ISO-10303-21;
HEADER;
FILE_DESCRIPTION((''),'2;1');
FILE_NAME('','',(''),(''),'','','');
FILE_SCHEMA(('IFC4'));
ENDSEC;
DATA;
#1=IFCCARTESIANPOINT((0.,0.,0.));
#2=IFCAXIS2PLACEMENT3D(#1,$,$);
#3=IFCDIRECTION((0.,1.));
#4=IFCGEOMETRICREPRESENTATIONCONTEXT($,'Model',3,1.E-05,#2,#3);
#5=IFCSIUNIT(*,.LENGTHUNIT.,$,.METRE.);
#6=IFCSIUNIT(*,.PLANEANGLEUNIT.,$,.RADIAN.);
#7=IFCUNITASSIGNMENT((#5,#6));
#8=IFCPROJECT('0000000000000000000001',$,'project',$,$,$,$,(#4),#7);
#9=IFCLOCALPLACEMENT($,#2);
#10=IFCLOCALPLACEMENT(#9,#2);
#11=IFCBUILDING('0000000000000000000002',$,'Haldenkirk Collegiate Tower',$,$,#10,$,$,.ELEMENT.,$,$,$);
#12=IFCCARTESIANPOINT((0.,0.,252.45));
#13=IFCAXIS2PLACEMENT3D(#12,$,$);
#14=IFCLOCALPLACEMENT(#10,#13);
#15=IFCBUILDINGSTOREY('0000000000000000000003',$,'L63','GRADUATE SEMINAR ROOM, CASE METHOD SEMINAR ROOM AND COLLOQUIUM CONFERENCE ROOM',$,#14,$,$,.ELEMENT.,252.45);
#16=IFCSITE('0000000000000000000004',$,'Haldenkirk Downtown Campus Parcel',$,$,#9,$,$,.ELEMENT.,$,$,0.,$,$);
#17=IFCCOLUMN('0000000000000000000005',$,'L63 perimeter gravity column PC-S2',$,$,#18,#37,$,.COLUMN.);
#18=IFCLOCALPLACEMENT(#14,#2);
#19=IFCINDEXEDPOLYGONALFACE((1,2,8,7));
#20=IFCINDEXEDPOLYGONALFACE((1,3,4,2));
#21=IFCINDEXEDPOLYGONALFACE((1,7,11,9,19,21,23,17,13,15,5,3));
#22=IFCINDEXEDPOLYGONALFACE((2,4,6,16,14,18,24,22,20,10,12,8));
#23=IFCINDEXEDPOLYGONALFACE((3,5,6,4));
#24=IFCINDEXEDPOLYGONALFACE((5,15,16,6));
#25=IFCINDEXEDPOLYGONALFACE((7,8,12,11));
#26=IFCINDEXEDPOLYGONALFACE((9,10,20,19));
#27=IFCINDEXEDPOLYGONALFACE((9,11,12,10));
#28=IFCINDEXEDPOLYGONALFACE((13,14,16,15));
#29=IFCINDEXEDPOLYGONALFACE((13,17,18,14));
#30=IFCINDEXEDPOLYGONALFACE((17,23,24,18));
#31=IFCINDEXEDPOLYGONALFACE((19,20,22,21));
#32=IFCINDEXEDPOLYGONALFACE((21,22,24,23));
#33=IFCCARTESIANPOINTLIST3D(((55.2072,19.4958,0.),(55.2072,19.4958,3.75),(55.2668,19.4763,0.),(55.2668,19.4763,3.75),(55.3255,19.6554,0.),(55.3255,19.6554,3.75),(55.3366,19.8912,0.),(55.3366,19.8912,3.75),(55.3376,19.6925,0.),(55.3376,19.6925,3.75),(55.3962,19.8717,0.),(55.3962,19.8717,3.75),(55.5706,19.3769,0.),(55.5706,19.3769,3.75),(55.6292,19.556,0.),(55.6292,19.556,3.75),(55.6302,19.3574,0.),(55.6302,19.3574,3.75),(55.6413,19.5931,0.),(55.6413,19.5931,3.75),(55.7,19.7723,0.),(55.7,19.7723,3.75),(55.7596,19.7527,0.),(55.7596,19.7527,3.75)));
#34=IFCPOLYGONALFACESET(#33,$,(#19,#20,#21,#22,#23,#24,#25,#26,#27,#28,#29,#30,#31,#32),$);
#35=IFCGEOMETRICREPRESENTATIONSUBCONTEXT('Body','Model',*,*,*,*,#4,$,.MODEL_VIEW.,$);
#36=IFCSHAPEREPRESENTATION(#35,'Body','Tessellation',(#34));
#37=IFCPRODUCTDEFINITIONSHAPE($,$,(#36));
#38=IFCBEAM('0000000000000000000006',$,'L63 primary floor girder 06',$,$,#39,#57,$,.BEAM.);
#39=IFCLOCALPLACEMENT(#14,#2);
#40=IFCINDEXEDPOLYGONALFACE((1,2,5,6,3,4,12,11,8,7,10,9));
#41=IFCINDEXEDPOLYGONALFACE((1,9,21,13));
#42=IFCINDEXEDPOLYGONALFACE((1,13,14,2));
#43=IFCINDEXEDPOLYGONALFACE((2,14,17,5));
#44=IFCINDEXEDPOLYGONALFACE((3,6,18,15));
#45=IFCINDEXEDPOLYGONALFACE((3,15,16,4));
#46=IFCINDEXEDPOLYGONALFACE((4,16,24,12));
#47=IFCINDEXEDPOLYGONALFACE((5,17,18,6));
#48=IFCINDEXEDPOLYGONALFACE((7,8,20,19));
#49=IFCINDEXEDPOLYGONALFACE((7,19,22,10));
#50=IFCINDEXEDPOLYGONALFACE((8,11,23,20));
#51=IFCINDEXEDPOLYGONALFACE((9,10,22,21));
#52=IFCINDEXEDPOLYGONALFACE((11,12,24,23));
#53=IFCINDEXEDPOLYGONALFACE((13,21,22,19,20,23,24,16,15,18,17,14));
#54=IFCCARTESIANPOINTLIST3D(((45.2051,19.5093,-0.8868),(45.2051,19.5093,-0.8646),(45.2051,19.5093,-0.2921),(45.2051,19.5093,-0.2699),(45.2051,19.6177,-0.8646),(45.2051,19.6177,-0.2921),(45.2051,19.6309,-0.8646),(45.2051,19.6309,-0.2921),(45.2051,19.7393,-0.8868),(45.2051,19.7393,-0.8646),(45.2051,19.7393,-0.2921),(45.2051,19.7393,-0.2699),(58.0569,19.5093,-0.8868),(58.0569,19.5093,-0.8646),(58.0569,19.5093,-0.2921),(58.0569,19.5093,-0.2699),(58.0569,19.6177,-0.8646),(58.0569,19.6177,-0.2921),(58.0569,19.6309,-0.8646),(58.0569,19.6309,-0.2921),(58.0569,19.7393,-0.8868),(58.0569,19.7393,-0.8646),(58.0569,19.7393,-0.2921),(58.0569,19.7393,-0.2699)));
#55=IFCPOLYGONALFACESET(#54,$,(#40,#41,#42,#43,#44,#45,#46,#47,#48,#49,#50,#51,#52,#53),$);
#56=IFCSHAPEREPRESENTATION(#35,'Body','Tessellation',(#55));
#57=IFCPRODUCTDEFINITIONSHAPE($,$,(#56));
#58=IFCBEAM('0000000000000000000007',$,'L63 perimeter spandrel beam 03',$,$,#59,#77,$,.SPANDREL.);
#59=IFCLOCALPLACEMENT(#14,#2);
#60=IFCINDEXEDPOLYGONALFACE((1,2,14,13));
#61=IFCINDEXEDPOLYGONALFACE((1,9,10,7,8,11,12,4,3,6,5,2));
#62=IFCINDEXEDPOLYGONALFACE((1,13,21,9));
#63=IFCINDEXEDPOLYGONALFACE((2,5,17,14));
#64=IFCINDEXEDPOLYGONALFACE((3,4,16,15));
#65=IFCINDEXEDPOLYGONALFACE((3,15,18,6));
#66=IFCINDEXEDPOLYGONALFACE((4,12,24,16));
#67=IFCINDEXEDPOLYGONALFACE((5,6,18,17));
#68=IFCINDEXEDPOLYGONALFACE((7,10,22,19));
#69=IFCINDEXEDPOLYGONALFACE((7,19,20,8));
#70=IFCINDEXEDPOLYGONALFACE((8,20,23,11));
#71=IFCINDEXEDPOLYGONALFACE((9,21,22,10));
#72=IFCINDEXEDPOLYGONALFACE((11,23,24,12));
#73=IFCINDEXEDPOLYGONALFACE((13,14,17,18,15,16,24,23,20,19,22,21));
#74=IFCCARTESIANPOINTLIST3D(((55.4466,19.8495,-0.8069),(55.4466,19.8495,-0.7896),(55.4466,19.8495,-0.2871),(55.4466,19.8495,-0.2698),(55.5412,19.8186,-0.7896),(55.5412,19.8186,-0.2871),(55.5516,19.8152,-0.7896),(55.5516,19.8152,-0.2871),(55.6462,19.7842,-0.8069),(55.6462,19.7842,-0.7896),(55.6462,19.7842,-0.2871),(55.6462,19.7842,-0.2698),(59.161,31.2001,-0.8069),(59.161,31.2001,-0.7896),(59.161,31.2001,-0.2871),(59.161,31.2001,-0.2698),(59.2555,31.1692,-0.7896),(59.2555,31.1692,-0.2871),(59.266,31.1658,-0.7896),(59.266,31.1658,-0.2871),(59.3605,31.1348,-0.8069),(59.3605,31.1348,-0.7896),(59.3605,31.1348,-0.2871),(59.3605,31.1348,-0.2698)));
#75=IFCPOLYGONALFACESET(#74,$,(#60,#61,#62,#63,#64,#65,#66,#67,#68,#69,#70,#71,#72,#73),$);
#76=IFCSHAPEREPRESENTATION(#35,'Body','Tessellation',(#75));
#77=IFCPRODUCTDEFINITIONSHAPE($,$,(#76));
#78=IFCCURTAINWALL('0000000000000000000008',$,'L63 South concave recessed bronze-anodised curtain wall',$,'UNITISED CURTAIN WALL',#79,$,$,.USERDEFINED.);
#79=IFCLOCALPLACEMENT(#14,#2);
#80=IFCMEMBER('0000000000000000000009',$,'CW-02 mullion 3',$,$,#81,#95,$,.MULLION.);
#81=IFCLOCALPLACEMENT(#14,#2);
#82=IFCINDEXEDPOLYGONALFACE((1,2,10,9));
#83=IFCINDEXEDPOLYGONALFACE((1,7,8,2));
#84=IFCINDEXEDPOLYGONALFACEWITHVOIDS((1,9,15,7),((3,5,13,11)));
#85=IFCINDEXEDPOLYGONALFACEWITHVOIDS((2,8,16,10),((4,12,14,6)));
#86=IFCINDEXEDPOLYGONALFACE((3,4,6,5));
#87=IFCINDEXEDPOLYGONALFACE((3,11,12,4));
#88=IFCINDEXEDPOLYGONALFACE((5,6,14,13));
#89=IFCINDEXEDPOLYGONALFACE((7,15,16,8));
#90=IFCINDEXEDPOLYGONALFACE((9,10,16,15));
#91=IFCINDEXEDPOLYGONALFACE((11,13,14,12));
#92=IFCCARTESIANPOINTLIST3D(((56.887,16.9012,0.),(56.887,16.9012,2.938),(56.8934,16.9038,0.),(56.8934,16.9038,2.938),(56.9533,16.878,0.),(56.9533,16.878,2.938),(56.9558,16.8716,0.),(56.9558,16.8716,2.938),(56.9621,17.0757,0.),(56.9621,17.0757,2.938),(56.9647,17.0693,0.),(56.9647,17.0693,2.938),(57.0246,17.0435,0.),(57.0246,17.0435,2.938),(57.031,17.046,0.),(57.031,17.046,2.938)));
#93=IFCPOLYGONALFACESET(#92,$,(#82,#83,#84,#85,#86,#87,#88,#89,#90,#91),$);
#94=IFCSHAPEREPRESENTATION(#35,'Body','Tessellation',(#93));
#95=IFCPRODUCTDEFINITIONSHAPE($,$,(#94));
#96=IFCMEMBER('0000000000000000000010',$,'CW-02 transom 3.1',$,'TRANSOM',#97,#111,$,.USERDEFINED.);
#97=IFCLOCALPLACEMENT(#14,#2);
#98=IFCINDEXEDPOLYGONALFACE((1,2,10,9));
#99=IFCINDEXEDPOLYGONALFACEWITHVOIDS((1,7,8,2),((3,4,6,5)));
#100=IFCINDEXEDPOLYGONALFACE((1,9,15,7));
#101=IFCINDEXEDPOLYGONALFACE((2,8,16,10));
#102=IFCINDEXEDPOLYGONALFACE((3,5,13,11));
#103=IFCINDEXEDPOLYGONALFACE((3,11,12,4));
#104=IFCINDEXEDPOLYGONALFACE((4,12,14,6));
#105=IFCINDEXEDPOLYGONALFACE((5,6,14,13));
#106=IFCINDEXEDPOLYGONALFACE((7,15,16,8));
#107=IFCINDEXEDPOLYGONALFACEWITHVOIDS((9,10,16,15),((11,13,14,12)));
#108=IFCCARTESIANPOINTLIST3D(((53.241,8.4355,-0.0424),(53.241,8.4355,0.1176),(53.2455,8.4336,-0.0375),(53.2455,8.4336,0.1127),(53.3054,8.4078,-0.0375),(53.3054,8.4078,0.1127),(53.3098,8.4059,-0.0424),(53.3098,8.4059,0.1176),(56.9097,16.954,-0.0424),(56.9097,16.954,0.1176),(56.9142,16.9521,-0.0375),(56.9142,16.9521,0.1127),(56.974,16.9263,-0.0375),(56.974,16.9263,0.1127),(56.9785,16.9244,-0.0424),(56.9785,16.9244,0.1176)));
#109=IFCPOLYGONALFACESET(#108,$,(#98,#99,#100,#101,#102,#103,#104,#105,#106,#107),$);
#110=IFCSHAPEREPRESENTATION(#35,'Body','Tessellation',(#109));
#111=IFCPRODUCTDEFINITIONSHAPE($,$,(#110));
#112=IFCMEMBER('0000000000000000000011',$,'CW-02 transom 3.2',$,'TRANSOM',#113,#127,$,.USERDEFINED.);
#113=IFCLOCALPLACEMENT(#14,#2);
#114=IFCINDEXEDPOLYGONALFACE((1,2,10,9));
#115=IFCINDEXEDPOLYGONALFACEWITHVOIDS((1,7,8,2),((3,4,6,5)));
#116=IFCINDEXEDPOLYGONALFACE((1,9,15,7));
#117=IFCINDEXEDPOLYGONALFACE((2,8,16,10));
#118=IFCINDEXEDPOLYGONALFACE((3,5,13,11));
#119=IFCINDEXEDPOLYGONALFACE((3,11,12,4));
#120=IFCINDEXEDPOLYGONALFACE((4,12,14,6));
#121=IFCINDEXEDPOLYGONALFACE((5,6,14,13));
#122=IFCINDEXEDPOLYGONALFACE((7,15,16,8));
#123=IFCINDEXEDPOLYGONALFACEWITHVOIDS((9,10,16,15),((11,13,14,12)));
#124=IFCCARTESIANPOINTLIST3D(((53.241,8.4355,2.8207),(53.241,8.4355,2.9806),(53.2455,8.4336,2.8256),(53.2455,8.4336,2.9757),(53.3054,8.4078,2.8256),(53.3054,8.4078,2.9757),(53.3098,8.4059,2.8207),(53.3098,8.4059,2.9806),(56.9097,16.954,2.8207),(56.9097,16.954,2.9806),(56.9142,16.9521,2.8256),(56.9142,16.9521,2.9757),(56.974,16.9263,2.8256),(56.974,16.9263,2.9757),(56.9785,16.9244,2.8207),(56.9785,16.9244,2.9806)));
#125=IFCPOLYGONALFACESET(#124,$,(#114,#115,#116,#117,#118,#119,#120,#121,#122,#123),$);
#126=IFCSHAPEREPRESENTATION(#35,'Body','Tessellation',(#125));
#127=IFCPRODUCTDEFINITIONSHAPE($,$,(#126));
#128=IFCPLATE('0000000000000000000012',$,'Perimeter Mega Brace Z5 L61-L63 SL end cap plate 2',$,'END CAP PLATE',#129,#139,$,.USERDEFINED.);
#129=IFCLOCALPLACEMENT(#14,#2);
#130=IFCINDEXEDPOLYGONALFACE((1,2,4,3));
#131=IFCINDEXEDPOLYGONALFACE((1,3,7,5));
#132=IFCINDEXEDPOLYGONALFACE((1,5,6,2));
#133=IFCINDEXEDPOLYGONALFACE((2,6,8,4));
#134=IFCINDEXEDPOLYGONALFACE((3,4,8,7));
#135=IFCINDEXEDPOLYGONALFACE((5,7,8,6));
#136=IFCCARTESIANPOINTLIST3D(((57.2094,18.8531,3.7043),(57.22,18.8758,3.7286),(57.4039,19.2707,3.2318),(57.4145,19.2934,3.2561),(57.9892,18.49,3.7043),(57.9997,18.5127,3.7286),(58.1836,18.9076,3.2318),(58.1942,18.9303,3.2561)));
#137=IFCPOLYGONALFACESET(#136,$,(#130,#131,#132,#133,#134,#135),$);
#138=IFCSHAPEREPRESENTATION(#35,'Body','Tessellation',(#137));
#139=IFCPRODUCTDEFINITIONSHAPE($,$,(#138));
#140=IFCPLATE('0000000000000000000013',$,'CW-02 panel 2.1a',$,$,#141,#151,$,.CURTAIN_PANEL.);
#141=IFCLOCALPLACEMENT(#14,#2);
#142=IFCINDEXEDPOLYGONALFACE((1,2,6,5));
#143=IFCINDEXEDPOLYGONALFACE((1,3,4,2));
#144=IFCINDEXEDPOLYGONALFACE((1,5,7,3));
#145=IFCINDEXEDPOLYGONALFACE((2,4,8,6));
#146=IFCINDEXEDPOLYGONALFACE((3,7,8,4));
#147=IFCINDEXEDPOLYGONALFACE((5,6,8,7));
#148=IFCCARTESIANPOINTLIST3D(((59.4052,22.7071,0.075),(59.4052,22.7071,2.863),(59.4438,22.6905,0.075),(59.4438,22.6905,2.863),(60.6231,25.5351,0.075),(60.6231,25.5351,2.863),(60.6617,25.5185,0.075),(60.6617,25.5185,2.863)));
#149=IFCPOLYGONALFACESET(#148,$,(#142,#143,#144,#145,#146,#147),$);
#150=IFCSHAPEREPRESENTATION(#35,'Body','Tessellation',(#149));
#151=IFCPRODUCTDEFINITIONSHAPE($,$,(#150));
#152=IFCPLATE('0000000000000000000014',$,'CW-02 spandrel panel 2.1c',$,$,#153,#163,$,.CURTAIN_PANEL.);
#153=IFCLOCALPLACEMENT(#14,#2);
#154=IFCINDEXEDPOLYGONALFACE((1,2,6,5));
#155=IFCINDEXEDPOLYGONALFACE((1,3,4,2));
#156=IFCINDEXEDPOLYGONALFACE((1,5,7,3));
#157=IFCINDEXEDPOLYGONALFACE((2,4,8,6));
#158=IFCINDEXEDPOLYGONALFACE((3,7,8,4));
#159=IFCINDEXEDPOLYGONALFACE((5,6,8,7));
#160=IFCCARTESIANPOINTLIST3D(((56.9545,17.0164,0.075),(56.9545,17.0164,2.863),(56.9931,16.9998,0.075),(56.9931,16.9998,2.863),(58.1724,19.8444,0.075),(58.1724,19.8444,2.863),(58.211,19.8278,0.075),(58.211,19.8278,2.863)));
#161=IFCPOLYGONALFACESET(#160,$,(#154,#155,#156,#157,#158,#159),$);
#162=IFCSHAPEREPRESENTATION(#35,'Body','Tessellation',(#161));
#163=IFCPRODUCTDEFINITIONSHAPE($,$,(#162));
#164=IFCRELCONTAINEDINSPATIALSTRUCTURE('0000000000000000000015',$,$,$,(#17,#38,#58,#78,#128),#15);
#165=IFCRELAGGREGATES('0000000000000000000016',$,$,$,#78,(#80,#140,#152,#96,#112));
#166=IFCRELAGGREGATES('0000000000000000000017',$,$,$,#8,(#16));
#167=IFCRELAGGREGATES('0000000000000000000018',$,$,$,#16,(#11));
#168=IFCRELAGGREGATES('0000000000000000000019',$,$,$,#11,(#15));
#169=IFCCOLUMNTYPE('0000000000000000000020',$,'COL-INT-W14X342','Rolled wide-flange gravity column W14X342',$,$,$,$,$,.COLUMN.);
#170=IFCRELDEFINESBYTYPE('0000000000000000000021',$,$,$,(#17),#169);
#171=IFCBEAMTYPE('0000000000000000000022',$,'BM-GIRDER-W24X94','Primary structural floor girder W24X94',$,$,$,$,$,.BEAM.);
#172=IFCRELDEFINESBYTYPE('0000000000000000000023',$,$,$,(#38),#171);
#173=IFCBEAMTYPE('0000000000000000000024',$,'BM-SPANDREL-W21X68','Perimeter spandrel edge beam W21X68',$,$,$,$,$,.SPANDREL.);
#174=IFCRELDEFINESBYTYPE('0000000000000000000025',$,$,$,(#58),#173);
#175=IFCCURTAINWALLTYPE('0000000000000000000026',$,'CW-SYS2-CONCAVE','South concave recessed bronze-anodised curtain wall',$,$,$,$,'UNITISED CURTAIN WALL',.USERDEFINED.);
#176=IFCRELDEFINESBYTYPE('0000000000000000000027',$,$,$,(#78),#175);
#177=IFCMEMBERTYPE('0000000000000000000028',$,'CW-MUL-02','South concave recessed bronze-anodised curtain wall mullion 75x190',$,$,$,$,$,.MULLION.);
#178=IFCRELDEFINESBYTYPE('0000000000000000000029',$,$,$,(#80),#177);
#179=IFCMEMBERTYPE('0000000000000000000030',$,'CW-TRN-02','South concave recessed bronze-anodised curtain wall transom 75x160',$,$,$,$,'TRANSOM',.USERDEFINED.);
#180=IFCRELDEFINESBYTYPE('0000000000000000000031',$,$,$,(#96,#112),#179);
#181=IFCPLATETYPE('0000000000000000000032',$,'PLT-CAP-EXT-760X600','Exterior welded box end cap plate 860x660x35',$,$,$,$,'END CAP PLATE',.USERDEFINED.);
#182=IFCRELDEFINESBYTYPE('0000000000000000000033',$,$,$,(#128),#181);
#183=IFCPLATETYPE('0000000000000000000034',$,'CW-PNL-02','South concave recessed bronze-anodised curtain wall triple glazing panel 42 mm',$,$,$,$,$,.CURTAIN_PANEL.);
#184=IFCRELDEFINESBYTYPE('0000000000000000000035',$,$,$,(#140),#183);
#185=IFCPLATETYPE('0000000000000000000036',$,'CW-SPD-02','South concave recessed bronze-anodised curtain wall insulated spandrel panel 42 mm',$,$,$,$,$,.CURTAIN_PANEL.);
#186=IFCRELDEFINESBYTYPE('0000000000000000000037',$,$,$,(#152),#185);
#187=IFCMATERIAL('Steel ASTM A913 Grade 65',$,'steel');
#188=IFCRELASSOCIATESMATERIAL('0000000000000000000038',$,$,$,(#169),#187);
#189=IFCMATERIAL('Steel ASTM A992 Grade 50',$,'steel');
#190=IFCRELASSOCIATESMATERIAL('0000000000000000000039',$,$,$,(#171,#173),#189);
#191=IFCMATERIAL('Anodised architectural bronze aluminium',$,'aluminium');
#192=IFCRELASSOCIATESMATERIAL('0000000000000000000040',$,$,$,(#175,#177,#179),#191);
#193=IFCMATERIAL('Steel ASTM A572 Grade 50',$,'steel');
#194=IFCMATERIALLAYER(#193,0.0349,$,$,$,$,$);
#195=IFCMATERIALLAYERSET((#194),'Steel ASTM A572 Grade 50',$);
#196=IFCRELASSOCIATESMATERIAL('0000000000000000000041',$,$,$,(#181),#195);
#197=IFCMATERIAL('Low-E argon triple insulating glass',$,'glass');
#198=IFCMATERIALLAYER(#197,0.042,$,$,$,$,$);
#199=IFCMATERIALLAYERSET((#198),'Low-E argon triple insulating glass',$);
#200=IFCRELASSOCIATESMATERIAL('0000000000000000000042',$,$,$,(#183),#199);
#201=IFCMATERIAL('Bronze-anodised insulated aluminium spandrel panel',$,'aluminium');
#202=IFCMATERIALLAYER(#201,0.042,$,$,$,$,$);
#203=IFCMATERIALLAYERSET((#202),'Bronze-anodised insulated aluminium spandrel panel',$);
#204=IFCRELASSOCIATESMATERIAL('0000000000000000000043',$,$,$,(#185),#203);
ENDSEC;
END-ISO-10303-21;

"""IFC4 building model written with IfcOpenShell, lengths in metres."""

from ifc_helpers import new_model, si_unit, direction, frame, origin, origin_2d, place, context, subcontext, project, spatial, rectangle, hollow_rectangle, i_section, extrude, source, transform, mapped, material, layer, layer_set, material_profile, profile_set, type_object, element, aggregate, save


model = new_model("IFC4")

# Units and contexts
model_context = context("Model", 3, precision=1e-05, world=origin(), true_north=direction((0.0, 1.0)))
body_context = subcontext(model_context, "Body", "Model", "MODEL_VIEW")
ifc_project = project(units=[si_unit("LENGTHUNIT", "METRE"), si_unit("PLANEANGLEUNIT", "RADIAN")], contexts=[model_context])

# Site, building, storey
site_placement = place(None, origin())
site = spatial("IfcSite", under=ifc_project, at=site_placement, Name="Haldenkirk Downtown Campus Parcel", CompositionType="ELEMENT", RefElevation=0.0)
building_placement = place(site_placement, origin())
building = spatial("IfcBuilding", under=site, at=building_placement, Name="Haldenkirk Collegiate Tower", CompositionType="ELEMENT")
storey_placement = place(building_placement, frame((0.0, 0.0, 252.45)))
storey = spatial("IfcBuildingStorey", under=building, at=storey_placement, Name="L63", Description="GRADUATE SEMINAR ROOM, CASE METHOD SEMINAR ROOM AND COLLOQUIUM CONFERENCE ROOM", CompositionType="ELEMENT", Elevation=252.45)

# Column
ifc_material_1 = material(Name="Steel ASTM A913 Grade 65", Category="steel")
ifc_material_profile_1 = material_profile(ifc_material_1, i_section(OverallWidth=0.416, OverallDepth=0.4451, WebThickness=0.0391, FlangeThickness=0.0627, at=origin_2d()), Name="W14X342")
ifc_profile_set_1 = profile_set([ifc_material_profile_1], Name="Steel ASTM A913 Grade 65")
column_type = type_object("IfcColumnType", Name="COL-INT-W14X342", Description="Rolled wide-flange gravity column W14X342", PredefinedType="COLUMN", material=ifc_profile_set_1)
column_placement = place(storey_placement, frame((55.4834, 19.6243, 0.0), z_axis=(0.0, 0.0, 1.0), x_axis=(0.311008, 0.950407, 0.0)))
element("IfcColumn", 1, at=column_placement, inside=storey, type_object=column_type, Name="L63 perimeter gravity column PC-S2", PredefinedType="COLUMN", context=body_context, shape_type="SweptSolid", body=[
    extrude(i_section(OverallWidth=0.416, OverallDepth=0.4451, WebThickness=0.0391, FlangeThickness=0.0627, at=origin_2d()), origin(), (0.0, 0.0, 1.0), 3.75),
])

# Beams
ifc_material_2 = material(Name="Steel ASTM A992 Grade 50", Category="steel")
ifc_material_profile_2 = material_profile(ifc_material_2, i_section(OverallWidth=0.23, OverallDepth=0.6169, WebThickness=0.0132, FlangeThickness=0.0222, at=origin_2d()), Name="W24X94")
ifc_profile_set_2 = profile_set([ifc_material_profile_2], Name="Steel ASTM A992 Grade 50")
beam_type_1 = type_object("IfcBeamType", Name="BM-GIRDER-W24X94", Description="Primary structural floor girder W24X94", PredefinedType="BEAM", material=ifc_profile_set_2)
beam_1_placement = place(storey_placement, frame((58.0569, 19.6243, -0.5784), z_axis=(-1.0, 0.0, 0.0), x_axis=(0.0, -1.0, 0.0)))
element("IfcBeam", 2, at=beam_1_placement, inside=storey, type_object=beam_type_1, Name="L63 primary floor girder 06", PredefinedType="BEAM", context=body_context, shape_type="SweptSolid", body=[
    extrude(i_section(OverallWidth=0.23, OverallDepth=0.6169, WebThickness=0.0132, FlangeThickness=0.0222, at=origin_2d()), origin(), (0.0, 0.0, 1.0), 12.8518),
])
ifc_material_profile_3 = material_profile(ifc_material_2, i_section(OverallWidth=0.21, OverallDepth=0.5371, WebThickness=0.011, FlangeThickness=0.0173, at=origin_2d()), Name="W21X68")
ifc_profile_set_3 = profile_set([ifc_material_profile_3], Name="Steel ASTM A992 Grade 50")
beam_type_2 = type_object("IfcBeamType", Name="BM-SPANDREL-W21X68", Description="Perimeter spandrel edge beam W21X68", PredefinedType="SPANDREL", material=ifc_profile_set_3)
beam_2_placement = place(storey_placement, frame((55.5464, 19.8169, -0.5383), z_axis=(0.31101, 0.950407, 0.0), x_axis=(-0.950407, 0.31101, 0.0)))
element("IfcBeam", 3, at=beam_2_placement, inside=storey, type_object=beam_type_2, Name="L63 perimeter spandrel beam 03", PredefinedType="SPANDREL", context=body_context, shape_type="SweptSolid", body=[
    extrude(i_section(OverallWidth=0.21, OverallDepth=0.5371, WebThickness=0.011, FlangeThickness=0.0173, at=origin_2d()), origin(), (0.0, 0.0, 1.0), 11.9429),
])

# Curtain wall, members
ifc_material_3 = material(Name="Anodised architectural bronze aluminium", Category="aluminium")
curtain_wall_type = type_object("IfcCurtainWallType", Name="CW-SYS2-CONCAVE", Description="South concave recessed bronze-anodised curtain wall", ElementType="UNITISED CURTAIN WALL", PredefinedType="USERDEFINED", material=ifc_material_3)
curtain_wall_placement = place(storey_placement, origin())
curtain_wall = element("IfcCurtainWall", 4, at=curtain_wall_placement, inside=storey, type_object=curtain_wall_type, Name="L63 South concave recessed bronze-anodised curtain wall", ObjectType="UNITISED CURTAIN WALL", PredefinedType="USERDEFINED")
ifc_material_profile_4 = material_profile(ifc_material_3, hollow_rectangle(XDim=0.075, YDim=0.1899, WallThickness=0.0049, at=origin_2d()), Name="CW-MUL-02")
ifc_profile_set_4 = profile_set([ifc_material_profile_4], Name="Anodised architectural bronze aluminium")
member_type_1 = type_object("IfcMemberType", Name="CW-MUL-02", Description="South concave recessed bronze-anodised curtain wall mullion 75x190", PredefinedType="MULLION", material=ifc_profile_set_4)
member_1_placement = place(storey_placement, frame((56.959, 16.9736, 0.0), z_axis=(0.0, 0.0, 1.0), x_axis=(0.918446, -0.395545, 0.0)))
member_1 = element("IfcMember", 5, at=member_1_placement, type_object=member_type_1, Name="CW-02 mullion 3", PredefinedType="MULLION", context=body_context, shape_type="SweptSolid", body=[
    extrude(hollow_rectangle(XDim=0.075, YDim=0.1899, WallThickness=0.0049, at=origin_2d()), origin(), (0.0, 0.0, 1.0), 2.938),
])
ifc_material_profile_5 = material_profile(ifc_material_3, hollow_rectangle(XDim=0.075, YDim=0.1599, WallThickness=0.0049, at=origin_2d()), Name="CW-TRN-02")
ifc_profile_set_5 = profile_set([ifc_material_profile_5], Name="Anodised architectural bronze aluminium")
member_type_2 = type_object("IfcMemberType", Name="CW-TRN-02", Description="South concave recessed bronze-anodised curtain wall transom 75x160", ElementType="TRANSOM", PredefinedType="USERDEFINED", material=ifc_profile_set_5)
member_2_placement = place(storey_placement, frame((56.9441, 16.9392, 0.0376), z_axis=(-0.395548, -0.918445, 0.0), x_axis=(0.918445, -0.395548, 0.0)))
member_2 = element("IfcMember", 6, at=member_2_placement, type_object=member_type_2, Name="CW-02 transom 3.1", ObjectType="TRANSOM", PredefinedType="USERDEFINED", context=body_context, shape_type="SweptSolid", body=[
    extrude(hollow_rectangle(XDim=0.075, YDim=0.1599, WallThickness=0.0049, at=origin_2d()), origin(), (0.0, 0.0, 1.0), 9.2749),
])
member_3_placement = place(storey_placement, frame((56.9441, 16.9392, 2.9006), z_axis=(-0.395548, -0.918445, 0.0), x_axis=(0.918445, -0.395548, 0.0)))
member_3 = element("IfcMember", 7, at=member_3_placement, type_object=member_type_2, Name="CW-02 transom 3.2", ObjectType="TRANSOM", PredefinedType="USERDEFINED", context=body_context, shape_type="SweptSolid", body=[
    extrude(hollow_rectangle(XDim=0.075, YDim=0.1599, WallThickness=0.0049, at=origin_2d()), origin(), (0.0, 0.0, 1.0), 9.2749),
])

# Plates
ifc_material_4 = material(Name="Steel ASTM A572 Grade 50", Category="steel")
ifc_layer_1 = layer(ifc_material_4, 0.0349)
ifc_layer_set_1 = layer_set([ifc_layer_1], Name="Steel ASTM A572 Grade 50")
plate_type_1 = type_object("IfcPlateType", Name="PLT-CAP-EXT-760X600", Description="Exterior welded box end cap plate 860x660x35", ElementType="END CAP PLATE", PredefinedType="USERDEFINED", material=ifc_layer_set_1)
shared_shape_1 = source(origin(), body_context, "Body", "SweptSolid", [
    extrude(rectangle(XDim=0.8601, YDim=0.6599, at=origin_2d()), origin(), (0.0, 0.0, 1.0), 0.0349),
])
plate_1_placement = place(storey_placement, frame((57.6965, 18.8804, 3.468), z_axis=(0.302261, 0.6491, 0.698074), x_axis=(-0.906532, 0.422137, 0.0)))
element("IfcPlate", 8, at=plate_1_placement, inside=storey, type_object=plate_type_1, Name="Perimeter Mega Brace Z5 L61-L63 SL end cap plate 2", ObjectType="END CAP PLATE", PredefinedType="USERDEFINED", context=body_context, shape_type="MappedRepresentation", body=[
    mapped(shared_shape_1, transform((0.0, 0.0, 0.0), x_axis=(1.0, 0.0, 0.0), y_axis=(0.0, 1.0, 0.0), z_axis=(0.0, 0.0, 1.0), scale=1.0)),
])
ifc_material_5 = material(Name="Low-E argon triple insulating glass", Category="glass")
ifc_layer_2 = layer(ifc_material_5, 0.042)
ifc_layer_set_2 = layer_set([ifc_layer_2], Name="Low-E argon triple insulating glass")
plate_type_2 = type_object("IfcPlateType", Name="CW-PNL-02", Description="South concave recessed bronze-anodised curtain wall triple glazing panel 42 mm", PredefinedType="CURTAIN_PANEL", material=ifc_layer_set_2)
shared_shape_2 = source(origin(), body_context, "Body", "SweptSolid", [
    extrude(rectangle(XDim=3.0791, YDim=0.042, at=origin_2d()), origin(), (0.0, 0.0, 1.0), 2.7881),
])
plate_2_placement = place(storey_placement, frame((60.0334, 24.1128, 0.075), z_axis=(0.0, 0.0, 1.0), x_axis=(-0.395545, -0.918446, 0.0)))
plate_2 = element("IfcPlate", 9, at=plate_2_placement, type_object=plate_type_2, Name="CW-02 panel 2.1a", PredefinedType="CURTAIN_PANEL", context=body_context, shape_type="MappedRepresentation", body=[
    mapped(shared_shape_2, transform((0.0, 0.0, 0.0), x_axis=(1.0, 0.0, 0.0), y_axis=(0.0, 1.0, 0.0), z_axis=(0.0, 0.0, 1.0), scale=1.0)),
])
ifc_material_6 = material(Name="Bronze-anodised insulated aluminium spandrel panel", Category="aluminium")
ifc_layer_3 = layer(ifc_material_6, 0.042)
ifc_layer_set_3 = layer_set([ifc_layer_3], Name="Bronze-anodised insulated aluminium spandrel panel")
plate_type_3 = type_object("IfcPlateType", Name="CW-SPD-02", Description="South concave recessed bronze-anodised curtain wall insulated spandrel panel 42 mm", PredefinedType="CURTAIN_PANEL", material=ifc_layer_set_3)
plate_3_placement = place(storey_placement, frame((57.5828, 18.4221, 0.075), z_axis=(0.0, 0.0, 1.0), x_axis=(-0.395545, -0.918446, 0.0)))
plate_3 = element("IfcPlate", 10, at=plate_3_placement, type_object=plate_type_3, Name="CW-02 spandrel panel 2.1c", PredefinedType="CURTAIN_PANEL", context=body_context, shape_type="MappedRepresentation", body=[
    mapped(shared_shape_2, transform((0.0, 0.0, 0.0), x_axis=(1.0, 0.0, 0.0), y_axis=(0.0, 1.0, 0.0), z_axis=(0.0, 0.0, 1.0), scale=1.0)),
])
aggregate(curtain_wall, [member_1, plate_2, plate_3, member_2, member_3])

save(model, "model.ifc")
